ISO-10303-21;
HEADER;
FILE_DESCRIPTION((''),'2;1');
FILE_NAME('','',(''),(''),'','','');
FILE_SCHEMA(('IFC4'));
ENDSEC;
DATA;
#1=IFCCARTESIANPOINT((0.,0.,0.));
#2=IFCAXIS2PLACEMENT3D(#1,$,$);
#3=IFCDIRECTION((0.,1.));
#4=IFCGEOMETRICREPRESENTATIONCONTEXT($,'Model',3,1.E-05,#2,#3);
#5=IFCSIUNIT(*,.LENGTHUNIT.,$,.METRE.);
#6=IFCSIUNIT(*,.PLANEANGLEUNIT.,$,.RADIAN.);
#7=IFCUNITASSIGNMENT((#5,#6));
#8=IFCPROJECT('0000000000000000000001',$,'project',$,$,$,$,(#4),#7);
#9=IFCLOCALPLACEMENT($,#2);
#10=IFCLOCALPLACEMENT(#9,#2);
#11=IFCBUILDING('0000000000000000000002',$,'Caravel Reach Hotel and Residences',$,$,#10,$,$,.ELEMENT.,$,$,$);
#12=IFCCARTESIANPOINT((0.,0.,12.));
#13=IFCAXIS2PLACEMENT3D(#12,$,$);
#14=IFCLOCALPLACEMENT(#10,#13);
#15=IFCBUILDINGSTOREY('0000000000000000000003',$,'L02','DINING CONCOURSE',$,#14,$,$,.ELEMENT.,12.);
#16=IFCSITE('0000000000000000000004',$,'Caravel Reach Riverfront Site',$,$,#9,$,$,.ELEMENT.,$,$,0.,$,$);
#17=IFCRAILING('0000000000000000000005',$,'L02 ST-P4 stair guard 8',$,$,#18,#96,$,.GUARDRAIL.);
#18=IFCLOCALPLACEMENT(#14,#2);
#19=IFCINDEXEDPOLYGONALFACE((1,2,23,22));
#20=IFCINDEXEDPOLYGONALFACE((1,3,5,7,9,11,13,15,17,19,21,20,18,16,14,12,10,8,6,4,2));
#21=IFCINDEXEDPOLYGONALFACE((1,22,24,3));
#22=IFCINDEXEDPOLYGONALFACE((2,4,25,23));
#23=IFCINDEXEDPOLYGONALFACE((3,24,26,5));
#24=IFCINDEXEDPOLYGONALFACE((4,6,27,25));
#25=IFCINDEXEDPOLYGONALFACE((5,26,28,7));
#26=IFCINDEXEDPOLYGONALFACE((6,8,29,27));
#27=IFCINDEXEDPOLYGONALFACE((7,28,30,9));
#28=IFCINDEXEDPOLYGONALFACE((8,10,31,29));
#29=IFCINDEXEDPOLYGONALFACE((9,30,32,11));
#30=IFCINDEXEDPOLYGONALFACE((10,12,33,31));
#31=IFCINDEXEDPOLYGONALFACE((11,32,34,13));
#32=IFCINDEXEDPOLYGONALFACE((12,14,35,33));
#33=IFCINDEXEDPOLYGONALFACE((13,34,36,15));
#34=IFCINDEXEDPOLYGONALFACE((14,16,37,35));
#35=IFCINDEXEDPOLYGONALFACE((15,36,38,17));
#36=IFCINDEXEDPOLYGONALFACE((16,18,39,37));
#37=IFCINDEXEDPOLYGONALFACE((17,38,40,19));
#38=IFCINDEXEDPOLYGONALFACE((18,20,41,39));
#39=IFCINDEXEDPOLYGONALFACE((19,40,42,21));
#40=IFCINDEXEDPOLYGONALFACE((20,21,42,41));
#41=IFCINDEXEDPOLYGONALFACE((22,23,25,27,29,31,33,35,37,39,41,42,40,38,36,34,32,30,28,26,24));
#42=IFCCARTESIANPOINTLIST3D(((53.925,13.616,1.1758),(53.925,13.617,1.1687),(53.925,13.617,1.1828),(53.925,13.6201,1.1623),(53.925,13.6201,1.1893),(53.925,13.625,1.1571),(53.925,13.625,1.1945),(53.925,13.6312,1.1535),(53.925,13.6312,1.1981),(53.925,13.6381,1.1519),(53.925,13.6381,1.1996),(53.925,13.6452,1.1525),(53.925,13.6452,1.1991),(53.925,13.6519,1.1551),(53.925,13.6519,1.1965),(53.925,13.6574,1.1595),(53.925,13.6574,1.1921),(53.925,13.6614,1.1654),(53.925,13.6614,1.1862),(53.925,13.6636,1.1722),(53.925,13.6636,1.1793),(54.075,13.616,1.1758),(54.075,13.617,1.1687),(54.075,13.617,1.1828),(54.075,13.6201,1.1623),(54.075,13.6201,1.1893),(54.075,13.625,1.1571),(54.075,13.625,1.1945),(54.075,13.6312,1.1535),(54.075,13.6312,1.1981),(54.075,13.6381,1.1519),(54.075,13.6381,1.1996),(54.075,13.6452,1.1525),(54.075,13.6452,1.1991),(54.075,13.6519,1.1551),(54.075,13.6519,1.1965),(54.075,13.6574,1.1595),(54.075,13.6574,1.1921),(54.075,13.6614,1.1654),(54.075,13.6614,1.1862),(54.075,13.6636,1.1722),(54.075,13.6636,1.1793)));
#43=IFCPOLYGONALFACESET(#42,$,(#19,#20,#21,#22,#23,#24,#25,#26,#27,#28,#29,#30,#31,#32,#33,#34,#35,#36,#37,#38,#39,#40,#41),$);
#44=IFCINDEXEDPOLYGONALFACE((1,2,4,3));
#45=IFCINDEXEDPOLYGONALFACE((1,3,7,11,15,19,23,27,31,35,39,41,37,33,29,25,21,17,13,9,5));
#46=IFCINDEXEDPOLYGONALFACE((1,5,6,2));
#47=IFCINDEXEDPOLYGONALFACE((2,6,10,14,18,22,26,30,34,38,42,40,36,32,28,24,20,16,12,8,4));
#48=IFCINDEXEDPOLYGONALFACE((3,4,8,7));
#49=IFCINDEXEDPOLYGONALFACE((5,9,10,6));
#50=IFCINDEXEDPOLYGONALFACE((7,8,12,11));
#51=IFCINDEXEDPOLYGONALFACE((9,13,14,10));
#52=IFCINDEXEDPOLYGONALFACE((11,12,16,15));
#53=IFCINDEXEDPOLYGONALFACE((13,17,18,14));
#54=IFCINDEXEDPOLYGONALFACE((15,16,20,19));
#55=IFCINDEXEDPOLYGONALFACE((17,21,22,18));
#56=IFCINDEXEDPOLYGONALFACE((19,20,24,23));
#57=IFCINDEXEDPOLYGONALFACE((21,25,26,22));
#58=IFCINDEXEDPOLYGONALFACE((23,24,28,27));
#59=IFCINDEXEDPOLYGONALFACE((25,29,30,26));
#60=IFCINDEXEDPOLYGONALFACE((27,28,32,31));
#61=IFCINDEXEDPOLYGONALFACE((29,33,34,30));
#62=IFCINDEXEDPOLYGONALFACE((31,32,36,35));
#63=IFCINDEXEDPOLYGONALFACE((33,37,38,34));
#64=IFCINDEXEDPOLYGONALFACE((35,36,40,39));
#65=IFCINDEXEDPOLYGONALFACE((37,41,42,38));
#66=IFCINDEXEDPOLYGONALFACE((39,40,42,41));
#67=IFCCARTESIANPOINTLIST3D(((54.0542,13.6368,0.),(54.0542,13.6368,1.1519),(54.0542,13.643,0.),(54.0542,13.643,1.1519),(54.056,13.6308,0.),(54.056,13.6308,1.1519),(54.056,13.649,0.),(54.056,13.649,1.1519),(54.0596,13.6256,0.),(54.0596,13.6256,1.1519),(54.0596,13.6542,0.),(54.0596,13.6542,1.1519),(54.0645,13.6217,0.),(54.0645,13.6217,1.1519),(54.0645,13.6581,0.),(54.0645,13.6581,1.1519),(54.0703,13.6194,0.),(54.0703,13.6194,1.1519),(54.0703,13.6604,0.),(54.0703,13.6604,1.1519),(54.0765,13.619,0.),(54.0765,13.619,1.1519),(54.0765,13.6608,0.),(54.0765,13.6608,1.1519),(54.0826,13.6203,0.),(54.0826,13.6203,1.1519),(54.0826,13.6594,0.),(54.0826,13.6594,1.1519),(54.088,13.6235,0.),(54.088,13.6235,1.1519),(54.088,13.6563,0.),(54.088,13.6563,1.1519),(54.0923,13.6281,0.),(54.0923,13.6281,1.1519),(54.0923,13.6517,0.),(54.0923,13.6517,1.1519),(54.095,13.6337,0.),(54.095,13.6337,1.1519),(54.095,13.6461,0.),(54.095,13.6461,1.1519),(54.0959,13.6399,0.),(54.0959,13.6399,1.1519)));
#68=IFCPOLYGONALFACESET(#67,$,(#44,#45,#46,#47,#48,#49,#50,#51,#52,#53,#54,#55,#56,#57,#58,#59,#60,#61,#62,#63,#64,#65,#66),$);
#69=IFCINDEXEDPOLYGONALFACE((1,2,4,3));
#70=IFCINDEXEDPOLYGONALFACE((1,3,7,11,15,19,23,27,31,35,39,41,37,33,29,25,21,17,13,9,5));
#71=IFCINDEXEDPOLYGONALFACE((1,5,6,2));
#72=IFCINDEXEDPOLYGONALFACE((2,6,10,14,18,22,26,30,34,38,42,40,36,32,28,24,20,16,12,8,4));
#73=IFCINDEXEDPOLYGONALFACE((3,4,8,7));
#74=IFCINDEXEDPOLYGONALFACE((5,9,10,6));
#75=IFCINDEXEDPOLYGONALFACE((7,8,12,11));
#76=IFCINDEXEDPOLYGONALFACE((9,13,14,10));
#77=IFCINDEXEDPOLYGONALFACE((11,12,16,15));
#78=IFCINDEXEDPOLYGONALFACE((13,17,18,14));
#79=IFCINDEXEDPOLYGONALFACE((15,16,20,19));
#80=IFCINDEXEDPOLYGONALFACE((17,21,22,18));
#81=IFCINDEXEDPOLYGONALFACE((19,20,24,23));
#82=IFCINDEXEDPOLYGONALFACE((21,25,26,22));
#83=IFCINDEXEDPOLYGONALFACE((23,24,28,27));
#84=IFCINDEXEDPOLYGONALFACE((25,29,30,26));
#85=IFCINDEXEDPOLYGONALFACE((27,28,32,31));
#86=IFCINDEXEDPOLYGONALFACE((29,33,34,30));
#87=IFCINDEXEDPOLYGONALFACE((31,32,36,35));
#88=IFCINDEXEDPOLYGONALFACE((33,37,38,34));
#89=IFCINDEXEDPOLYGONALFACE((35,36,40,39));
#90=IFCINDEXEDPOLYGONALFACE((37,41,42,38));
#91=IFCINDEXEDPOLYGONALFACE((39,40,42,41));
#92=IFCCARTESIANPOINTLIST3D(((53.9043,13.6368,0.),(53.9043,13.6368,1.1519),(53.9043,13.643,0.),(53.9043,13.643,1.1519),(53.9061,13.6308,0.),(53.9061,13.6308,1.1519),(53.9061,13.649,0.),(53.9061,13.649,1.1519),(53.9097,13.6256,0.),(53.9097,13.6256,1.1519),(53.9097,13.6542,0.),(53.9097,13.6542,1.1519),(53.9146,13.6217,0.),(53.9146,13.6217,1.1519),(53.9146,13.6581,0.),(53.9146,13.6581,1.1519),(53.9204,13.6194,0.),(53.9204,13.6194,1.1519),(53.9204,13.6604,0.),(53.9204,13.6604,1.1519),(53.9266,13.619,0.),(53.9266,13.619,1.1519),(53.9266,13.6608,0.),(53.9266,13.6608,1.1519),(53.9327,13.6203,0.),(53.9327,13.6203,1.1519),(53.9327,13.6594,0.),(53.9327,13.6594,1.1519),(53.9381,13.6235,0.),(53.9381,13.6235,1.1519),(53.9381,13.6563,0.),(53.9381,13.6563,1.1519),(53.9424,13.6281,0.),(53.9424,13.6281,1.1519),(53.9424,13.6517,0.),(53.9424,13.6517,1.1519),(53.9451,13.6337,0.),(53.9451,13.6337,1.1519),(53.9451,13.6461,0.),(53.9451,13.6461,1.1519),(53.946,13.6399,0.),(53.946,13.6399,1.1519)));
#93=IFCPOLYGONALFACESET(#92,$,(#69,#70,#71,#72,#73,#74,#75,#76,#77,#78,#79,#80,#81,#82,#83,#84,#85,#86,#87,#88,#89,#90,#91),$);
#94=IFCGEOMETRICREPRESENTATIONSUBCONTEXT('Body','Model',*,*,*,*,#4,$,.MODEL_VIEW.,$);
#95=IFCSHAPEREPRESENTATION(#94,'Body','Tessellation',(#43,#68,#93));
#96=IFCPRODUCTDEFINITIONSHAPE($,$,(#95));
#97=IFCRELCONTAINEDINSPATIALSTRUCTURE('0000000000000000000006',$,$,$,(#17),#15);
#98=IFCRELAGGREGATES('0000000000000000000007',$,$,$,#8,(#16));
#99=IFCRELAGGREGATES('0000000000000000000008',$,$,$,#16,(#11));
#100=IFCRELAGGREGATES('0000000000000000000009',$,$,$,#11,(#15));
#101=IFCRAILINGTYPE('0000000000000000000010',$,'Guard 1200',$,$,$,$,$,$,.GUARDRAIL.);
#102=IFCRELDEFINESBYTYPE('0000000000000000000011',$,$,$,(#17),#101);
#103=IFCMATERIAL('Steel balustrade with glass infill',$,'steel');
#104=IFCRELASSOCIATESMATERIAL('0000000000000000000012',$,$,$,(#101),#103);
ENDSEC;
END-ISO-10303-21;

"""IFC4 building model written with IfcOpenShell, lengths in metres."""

from ifc_helpers import new_model, si_unit, direction, frame, origin, origin_2d, place, context, subcontext, project, spatial, circle, extrude, material, type_object, element, save


model = new_model("IFC4")

# Units and contexts
model_context = context("Model", 3, precision=1e-05, world=origin(), true_north=direction((0.0, 1.0)))
body_context = subcontext(model_context, "Body", "Model", "MODEL_VIEW")
ifc_project = project(units=[si_unit("LENGTHUNIT", "METRE"), si_unit("PLANEANGLEUNIT", "RADIAN")], contexts=[model_context])

# Site, building, storey
site_placement = place(None, origin())
site = spatial("IfcSite", under=ifc_project, at=site_placement, Name="Caravel Reach Riverfront Site", CompositionType="ELEMENT", RefElevation=0.0)
building_placement = place(site_placement, origin())
building = spatial("IfcBuilding", under=site, at=building_placement, Name="Caravel Reach Hotel and Residences", CompositionType="ELEMENT")
storey_placement = place(building_placement, frame((0.0, 0.0, 12.0)))
storey = spatial("IfcBuildingStorey", under=building, at=storey_placement, Name="L02", Description="DINING CONCOURSE", CompositionType="ELEMENT", Elevation=12.0)

# Railing
ifc_material_1 = material(Name="Steel balustrade with glass infill", Category="steel")
railing_type_1 = type_object("IfcRailingType", Name="Guard 1200", PredefinedType="GUARDRAIL", material=ifc_material_1)
railing_1_placement = place(storey_placement, frame((54.075, 13.6399, 0.0)))
element("IfcRailing", 1, at=railing_1_placement, inside=storey, type_object=railing_type_1, Name="L02 ST-P4 stair guard 8", PredefinedType="GUARDRAIL", context=body_context, shape_type="SweptSolid", body=[
    extrude(circle(Radius=0.0239, at=origin_2d()), frame((0.0, 0.0, 1.1758), z_axis=(-1.0, 0.0, 0.0), x_axis=(0.0, -1.0, 0.0)), (0.0, 0.0, 1.0), 0.1499),
    extrude(circle(Radius=0.021, at=origin_2d()), origin(), (0.0, 0.0, 1.0), 1.1519),
    extrude(circle(Radius=0.021, at=origin_2d()), frame((-0.1499, 0.0, 0.0)), (0.0, 0.0, 1.0), 1.1519),
])

save(model, "model.ifc")
